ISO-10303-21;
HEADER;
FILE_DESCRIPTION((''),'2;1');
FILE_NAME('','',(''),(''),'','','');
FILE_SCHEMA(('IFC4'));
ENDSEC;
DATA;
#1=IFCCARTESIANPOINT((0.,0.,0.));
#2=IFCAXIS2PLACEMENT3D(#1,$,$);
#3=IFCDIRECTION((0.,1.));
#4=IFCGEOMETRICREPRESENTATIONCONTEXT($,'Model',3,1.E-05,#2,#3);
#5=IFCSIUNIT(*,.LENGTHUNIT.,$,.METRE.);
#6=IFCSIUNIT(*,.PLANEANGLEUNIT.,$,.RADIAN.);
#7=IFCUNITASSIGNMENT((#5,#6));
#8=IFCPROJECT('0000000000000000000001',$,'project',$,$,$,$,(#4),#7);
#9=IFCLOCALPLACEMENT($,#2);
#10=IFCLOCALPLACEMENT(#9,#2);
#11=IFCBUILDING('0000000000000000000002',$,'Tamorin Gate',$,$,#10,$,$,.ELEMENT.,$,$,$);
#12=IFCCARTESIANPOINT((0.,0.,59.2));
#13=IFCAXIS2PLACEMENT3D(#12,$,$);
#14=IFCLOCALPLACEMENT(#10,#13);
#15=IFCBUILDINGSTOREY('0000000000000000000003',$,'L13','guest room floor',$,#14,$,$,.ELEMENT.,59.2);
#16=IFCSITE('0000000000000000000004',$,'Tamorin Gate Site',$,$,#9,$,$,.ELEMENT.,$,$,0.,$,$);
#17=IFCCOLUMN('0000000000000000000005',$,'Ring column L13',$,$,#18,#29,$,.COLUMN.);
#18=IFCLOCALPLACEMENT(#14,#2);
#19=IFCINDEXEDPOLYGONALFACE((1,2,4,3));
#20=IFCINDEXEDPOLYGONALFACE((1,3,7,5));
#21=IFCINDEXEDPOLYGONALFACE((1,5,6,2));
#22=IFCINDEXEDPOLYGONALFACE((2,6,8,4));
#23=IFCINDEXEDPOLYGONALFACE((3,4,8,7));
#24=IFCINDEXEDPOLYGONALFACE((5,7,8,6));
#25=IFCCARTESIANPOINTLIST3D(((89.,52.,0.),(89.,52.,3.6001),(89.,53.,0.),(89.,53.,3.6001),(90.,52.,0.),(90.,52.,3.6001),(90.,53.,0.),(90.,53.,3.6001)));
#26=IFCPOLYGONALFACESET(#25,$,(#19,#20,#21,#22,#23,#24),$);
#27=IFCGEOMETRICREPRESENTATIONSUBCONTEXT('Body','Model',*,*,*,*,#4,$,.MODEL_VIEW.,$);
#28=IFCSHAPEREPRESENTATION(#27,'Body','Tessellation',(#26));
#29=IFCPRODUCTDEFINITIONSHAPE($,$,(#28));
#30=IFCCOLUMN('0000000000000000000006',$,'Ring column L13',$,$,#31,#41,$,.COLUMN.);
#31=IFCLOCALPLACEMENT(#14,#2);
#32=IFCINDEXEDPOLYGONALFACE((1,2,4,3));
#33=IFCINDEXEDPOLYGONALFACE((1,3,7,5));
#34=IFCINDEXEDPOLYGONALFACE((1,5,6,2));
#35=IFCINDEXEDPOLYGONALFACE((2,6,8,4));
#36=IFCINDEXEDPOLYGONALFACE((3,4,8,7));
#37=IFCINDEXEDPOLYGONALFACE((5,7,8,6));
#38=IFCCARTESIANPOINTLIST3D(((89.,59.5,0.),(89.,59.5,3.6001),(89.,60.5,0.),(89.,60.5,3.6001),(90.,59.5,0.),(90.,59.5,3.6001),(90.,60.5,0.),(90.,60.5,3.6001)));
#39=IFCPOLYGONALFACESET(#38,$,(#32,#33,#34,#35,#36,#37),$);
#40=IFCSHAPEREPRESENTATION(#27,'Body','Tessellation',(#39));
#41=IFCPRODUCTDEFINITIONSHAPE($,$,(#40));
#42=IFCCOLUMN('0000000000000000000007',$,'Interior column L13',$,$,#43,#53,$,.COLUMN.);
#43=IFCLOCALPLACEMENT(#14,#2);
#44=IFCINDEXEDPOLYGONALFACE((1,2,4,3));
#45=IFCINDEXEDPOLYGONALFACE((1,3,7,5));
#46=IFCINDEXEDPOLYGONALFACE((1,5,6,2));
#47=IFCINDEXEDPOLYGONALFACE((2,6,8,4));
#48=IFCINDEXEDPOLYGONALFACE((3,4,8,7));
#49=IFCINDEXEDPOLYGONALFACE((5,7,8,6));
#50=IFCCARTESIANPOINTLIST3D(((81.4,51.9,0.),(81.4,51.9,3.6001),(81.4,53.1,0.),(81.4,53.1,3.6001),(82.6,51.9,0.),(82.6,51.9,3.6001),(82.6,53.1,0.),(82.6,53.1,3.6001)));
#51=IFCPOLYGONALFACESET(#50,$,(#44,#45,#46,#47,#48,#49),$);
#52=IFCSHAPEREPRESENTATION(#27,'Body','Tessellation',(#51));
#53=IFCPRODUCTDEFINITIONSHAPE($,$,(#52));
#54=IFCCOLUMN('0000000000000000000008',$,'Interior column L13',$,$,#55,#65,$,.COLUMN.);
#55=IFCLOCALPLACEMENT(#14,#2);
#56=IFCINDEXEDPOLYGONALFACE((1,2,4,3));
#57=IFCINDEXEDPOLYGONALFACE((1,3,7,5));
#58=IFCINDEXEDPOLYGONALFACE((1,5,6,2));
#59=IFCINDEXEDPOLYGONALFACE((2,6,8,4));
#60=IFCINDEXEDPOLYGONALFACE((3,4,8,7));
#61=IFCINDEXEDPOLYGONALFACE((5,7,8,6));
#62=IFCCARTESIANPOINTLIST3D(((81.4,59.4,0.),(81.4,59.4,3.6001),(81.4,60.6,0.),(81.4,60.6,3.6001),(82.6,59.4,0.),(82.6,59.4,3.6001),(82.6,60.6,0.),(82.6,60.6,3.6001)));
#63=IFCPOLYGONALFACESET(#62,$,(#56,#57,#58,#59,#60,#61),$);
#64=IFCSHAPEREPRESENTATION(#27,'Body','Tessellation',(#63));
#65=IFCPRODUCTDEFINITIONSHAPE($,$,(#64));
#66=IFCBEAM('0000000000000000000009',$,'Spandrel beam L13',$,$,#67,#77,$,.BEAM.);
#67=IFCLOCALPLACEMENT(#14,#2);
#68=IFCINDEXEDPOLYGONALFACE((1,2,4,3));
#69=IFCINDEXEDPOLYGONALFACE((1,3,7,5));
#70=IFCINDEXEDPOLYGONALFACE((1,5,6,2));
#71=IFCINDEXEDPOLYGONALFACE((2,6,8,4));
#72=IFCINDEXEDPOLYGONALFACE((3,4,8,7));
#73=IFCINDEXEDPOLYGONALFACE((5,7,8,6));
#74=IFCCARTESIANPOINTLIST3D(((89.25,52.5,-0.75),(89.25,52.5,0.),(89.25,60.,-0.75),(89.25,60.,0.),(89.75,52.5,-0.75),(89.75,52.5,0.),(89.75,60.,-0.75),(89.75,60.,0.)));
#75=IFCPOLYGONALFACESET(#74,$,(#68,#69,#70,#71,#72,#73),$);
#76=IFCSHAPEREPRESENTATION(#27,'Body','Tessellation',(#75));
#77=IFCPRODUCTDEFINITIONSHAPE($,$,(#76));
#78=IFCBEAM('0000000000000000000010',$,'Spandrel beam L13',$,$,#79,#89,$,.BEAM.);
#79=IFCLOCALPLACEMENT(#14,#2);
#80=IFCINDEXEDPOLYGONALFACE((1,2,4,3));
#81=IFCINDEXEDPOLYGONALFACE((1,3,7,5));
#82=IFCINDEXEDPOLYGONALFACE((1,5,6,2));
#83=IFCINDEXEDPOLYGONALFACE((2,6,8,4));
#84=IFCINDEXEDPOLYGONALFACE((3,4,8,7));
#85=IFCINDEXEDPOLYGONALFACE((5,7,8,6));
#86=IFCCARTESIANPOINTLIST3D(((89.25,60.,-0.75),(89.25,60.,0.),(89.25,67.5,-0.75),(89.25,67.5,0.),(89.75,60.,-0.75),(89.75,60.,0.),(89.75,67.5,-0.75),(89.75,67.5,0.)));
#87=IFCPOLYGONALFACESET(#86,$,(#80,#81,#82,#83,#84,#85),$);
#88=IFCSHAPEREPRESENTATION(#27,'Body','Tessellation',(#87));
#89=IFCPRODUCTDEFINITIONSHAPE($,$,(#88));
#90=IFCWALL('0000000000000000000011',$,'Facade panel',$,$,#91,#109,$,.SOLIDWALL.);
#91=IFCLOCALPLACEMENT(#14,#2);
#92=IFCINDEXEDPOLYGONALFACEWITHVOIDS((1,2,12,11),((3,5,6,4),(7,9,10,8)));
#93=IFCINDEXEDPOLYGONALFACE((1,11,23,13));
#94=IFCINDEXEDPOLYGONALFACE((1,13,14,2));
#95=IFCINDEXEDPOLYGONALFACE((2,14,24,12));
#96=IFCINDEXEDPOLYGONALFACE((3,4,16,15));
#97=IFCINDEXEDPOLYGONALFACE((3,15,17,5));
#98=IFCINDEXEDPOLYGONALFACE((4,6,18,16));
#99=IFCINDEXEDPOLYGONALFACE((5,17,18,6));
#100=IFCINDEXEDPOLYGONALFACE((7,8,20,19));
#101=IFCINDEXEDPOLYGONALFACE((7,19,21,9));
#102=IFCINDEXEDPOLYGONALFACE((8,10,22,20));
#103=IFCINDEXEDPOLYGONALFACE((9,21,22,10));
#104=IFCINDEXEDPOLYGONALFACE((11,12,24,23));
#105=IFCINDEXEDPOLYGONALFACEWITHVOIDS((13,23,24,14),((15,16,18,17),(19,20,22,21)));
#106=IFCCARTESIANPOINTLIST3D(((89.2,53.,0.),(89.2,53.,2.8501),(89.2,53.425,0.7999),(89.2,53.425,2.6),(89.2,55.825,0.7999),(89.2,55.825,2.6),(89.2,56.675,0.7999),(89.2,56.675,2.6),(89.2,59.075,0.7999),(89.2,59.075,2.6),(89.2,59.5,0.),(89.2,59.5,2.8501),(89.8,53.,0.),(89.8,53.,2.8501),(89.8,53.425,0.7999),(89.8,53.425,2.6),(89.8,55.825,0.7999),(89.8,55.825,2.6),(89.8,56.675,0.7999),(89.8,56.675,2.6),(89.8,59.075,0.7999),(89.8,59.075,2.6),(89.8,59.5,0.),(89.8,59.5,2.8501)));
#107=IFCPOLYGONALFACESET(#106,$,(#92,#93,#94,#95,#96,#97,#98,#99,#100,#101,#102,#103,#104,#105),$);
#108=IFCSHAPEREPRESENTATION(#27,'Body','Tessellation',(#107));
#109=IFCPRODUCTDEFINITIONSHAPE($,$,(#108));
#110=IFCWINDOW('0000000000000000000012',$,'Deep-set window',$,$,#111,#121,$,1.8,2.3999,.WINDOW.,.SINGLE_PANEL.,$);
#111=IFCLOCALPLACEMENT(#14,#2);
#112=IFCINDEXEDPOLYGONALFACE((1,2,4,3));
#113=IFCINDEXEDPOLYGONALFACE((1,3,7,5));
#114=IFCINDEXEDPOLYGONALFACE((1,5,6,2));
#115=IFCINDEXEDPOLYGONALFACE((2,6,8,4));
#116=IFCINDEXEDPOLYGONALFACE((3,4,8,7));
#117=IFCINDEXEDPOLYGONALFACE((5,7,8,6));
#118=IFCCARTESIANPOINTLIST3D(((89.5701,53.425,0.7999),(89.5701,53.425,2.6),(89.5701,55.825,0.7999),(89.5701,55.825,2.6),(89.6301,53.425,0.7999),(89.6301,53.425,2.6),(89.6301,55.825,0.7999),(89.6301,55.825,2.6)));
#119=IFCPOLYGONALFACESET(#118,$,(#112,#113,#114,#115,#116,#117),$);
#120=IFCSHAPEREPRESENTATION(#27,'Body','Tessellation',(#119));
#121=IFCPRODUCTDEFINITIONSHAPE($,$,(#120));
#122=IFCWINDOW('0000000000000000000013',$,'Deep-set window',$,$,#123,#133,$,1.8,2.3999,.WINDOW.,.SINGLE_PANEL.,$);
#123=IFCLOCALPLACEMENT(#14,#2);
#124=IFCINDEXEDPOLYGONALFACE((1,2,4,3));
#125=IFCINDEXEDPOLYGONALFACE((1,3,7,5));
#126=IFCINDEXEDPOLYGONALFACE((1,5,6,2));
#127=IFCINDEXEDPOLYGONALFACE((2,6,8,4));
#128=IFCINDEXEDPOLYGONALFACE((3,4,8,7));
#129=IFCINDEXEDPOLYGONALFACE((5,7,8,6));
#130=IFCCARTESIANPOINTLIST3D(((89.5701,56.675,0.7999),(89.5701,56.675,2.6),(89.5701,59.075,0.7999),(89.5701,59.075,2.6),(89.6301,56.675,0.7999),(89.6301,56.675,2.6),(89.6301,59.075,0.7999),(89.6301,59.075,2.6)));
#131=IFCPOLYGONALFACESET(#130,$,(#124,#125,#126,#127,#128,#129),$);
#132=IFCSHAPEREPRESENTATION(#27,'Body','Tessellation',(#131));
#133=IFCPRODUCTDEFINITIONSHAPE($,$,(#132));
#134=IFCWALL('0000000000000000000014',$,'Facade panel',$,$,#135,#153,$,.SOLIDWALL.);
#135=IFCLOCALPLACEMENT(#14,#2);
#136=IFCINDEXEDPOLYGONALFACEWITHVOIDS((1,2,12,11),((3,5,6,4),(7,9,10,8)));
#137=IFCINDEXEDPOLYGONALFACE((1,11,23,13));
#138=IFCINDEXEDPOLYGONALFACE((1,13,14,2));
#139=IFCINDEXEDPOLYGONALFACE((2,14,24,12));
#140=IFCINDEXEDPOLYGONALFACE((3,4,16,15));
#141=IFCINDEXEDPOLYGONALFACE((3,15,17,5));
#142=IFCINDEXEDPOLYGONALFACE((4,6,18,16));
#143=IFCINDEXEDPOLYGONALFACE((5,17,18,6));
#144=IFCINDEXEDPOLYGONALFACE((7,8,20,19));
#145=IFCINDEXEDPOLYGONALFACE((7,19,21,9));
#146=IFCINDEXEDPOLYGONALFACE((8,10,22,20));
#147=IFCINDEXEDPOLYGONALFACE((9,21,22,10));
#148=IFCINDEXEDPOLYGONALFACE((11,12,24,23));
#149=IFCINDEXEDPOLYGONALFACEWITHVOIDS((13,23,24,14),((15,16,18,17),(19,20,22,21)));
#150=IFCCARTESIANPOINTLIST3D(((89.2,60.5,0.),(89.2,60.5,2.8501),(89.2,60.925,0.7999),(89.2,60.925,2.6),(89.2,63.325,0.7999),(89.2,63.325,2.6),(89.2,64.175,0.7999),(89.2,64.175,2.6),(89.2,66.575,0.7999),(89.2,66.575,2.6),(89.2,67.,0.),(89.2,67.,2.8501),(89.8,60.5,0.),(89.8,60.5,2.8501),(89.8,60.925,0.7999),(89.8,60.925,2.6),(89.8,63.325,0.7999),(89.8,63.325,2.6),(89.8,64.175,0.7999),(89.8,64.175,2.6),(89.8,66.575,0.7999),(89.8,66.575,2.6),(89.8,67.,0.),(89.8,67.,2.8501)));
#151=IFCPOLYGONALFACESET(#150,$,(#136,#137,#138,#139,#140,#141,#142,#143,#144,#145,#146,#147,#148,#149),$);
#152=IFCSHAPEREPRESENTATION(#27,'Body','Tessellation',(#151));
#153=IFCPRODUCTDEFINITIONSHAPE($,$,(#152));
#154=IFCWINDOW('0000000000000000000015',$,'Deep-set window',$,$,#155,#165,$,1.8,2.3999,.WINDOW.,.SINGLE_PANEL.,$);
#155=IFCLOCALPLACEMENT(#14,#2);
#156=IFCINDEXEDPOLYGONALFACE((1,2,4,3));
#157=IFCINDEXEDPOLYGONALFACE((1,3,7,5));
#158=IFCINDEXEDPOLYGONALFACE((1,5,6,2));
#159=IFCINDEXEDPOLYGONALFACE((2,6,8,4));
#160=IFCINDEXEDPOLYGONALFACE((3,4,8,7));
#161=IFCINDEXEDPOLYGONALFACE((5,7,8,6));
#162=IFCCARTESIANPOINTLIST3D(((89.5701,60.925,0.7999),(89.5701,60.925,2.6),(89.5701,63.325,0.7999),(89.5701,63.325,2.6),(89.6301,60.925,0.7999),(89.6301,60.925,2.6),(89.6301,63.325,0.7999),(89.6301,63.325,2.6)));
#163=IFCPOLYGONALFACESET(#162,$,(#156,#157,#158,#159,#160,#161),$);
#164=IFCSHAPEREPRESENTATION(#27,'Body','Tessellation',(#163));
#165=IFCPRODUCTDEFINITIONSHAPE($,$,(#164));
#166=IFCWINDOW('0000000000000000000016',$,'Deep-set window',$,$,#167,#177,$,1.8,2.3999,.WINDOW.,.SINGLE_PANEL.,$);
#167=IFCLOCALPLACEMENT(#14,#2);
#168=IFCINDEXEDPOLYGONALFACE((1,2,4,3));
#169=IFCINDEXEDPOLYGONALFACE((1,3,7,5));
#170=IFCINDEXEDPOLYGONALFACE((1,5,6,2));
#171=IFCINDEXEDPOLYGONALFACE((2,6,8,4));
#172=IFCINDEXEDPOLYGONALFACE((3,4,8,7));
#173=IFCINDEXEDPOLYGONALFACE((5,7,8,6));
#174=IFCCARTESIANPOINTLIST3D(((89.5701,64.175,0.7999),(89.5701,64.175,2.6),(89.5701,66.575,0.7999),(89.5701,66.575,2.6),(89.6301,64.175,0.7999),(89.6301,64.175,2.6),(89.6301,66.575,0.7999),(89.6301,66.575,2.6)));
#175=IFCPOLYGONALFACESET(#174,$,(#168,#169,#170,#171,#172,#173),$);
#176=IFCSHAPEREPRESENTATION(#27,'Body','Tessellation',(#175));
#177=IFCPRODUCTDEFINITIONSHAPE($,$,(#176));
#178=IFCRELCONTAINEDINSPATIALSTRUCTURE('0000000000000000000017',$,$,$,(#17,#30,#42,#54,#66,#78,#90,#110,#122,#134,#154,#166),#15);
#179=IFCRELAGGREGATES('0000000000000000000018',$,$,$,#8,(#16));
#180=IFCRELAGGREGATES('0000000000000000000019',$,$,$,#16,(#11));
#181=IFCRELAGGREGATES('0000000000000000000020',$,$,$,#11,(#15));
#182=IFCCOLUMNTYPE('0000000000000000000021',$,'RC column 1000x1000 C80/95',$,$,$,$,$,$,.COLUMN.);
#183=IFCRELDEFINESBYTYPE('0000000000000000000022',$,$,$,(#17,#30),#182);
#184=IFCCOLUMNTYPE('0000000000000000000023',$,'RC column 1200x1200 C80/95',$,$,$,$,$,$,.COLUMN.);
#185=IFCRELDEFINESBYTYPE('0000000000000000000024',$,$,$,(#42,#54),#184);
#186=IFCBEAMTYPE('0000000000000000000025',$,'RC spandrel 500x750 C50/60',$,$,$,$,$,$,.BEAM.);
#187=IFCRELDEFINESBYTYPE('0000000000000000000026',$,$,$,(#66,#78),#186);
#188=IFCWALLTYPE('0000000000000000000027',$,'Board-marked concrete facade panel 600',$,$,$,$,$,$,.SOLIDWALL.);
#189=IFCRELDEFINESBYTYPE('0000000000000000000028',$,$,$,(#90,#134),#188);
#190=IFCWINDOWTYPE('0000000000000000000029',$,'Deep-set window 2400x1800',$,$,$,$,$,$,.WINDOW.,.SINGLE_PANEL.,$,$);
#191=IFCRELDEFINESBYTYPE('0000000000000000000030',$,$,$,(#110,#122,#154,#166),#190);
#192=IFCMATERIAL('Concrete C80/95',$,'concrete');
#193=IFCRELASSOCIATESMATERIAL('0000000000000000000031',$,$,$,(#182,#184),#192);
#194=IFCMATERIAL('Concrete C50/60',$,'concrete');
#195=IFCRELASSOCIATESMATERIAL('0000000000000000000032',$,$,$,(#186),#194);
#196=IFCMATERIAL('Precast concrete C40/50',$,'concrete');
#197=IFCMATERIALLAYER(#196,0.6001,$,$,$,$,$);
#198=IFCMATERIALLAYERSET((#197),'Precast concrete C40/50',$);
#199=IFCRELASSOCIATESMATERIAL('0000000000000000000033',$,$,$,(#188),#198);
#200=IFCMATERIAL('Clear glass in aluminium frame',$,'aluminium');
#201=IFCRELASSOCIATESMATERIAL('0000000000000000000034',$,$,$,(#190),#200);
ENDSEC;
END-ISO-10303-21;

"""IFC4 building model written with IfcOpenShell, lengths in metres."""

from ifc_helpers import new_model, si_unit, direction, frame, frame_2d, origin, origin_2d, place, context, subcontext, project, spatial, rectangle, extrude, material, layer, layer_set, material_profile, profile_set, type_object, element, fill, save


model = new_model("IFC4")

# Units and contexts
model_context = context("Model", 3, precision=1e-05, world=origin(), true_north=direction((0.0, 1.0)))
body_context = subcontext(model_context, "Body", "Model", "MODEL_VIEW")
ifc_project = project(units=[si_unit("LENGTHUNIT", "METRE"), si_unit("PLANEANGLEUNIT", "RADIAN")], contexts=[model_context])

# Site, building, storey
site_placement = place(None, origin())
site = spatial("IfcSite", under=ifc_project, at=site_placement, Name="Tamorin Gate Site", CompositionType="ELEMENT", RefElevation=0.0)
building_placement = place(site_placement, origin())
building = spatial("IfcBuilding", under=site, at=building_placement, Name="Tamorin Gate", CompositionType="ELEMENT")
storey_placement = place(building_placement, frame((0.0, 0.0, 59.2)))
storey = spatial("IfcBuildingStorey", under=building, at=storey_placement, Name="L13", Description="guest room floor", CompositionType="ELEMENT", Elevation=59.2)

# Columns
ifc_material_1 = material(Name="Concrete C80/95", Category="concrete")
ifc_material_profile_1 = material_profile(ifc_material_1, rectangle(XDim=1.0, YDim=1.0, at=origin_2d()), Name="RC 1000x1000")
ifc_profile_set_1 = profile_set([ifc_material_profile_1], Name="Concrete C80/95")
column_type_1 = type_object("IfcColumnType", Name="RC column 1000x1000 C80/95", PredefinedType="COLUMN", material=ifc_profile_set_1)
for number, where, z_axis, x_axis, name in (
    (1, (89.5, 52.5, 0.0), (0.0, 0.0, 1.0), (1.0, 0.0, 0.0), "Ring column L13"),
    (2, (89.5, 60.0, 0.0), (0.0, 0.0, 1.0), (1.0, 0.0, 0.0), "Ring column L13"),
):
    element("IfcColumn", number, at=place(storey_placement, frame(where, z_axis=z_axis, x_axis=x_axis)), inside=storey, type_object=column_type_1, Name=name, PredefinedType="COLUMN", context=body_context, shape_type="SweptSolid", body=[
        extrude(rectangle(XDim=1.0, YDim=1.0, at=origin_2d()), origin(), (0.0, 0.0, 1.0), 3.6001),
    ])
ifc_material_profile_2 = material_profile(ifc_material_1, rectangle(XDim=1.2, YDim=1.2, at=origin_2d()), Name="RC 1200x1200")
ifc_profile_set_2 = profile_set([ifc_material_profile_2], Name="Concrete C80/95")
column_type_2 = type_object("IfcColumnType", Name="RC column 1200x1200 C80/95", PredefinedType="COLUMN", material=ifc_profile_set_2)
for number, where, z_axis, x_axis, name in (
    (3, (82.0, 52.5, 0.0), (0.0, 0.0, 1.0), (1.0, 0.0, 0.0), "Interior column L13"),
    (4, (82.0, 60.0, 0.0), (0.0, 0.0, 1.0), (1.0, 0.0, 0.0), "Interior column L13"),
):
    element("IfcColumn", number, at=place(storey_placement, frame(where, z_axis=z_axis, x_axis=x_axis)), inside=storey, type_object=column_type_2, Name=name, PredefinedType="COLUMN", context=body_context, shape_type="SweptSolid", body=[
        extrude(rectangle(XDim=1.2, YDim=1.2, at=origin_2d()), origin(), (0.0, 0.0, 1.0), 3.6001),
    ])

# Beams
ifc_material_2 = material(Name="Concrete C50/60", Category="concrete")
ifc_material_profile_3 = material_profile(ifc_material_2, rectangle(XDim=0.5, YDim=0.75, at=origin_2d()), Name="RC 500x750")
ifc_profile_set_3 = profile_set([ifc_material_profile_3], Name="Concrete C50/60")
beam_type = type_object("IfcBeamType", Name="RC spandrel 500x750 C50/60", PredefinedType="BEAM", material=ifc_profile_set_3)
for number, where, z_axis, x_axis, name in (
    (5, (89.5, 52.5, -0.375), (0.0, 1.0, 0.0), (-1.0, 0.0, 0.0), "Spandrel beam L13"),
    (6, (89.5, 60.0, -0.375), (0.0, 1.0, 0.0), (-1.0, 0.0, 0.0), "Spandrel beam L13"),
):
    element("IfcBeam", number, at=place(storey_placement, frame(where, z_axis=z_axis, x_axis=x_axis)), inside=storey, type_object=beam_type, Name=name, PredefinedType="BEAM", context=body_context, shape_type="SweptSolid", body=[
        extrude(rectangle(XDim=0.5, YDim=0.75, at=origin_2d()), origin(), (0.0, 0.0, 1.0), 7.5),
    ])

# Walls, openings, windows
ifc_material_3 = material(Name="Precast concrete C40/50", Category="concrete")
ifc_layer_1 = layer(ifc_material_3, 0.6001)
ifc_layer_set_1 = layer_set([ifc_layer_1], Name="Precast concrete C40/50")
wall_type_1 = type_object("IfcWallType", Name="Board-marked concrete facade panel 600", PredefinedType="SOLIDWALL", material=ifc_layer_set_1)
wall_1_placement = place(storey_placement, frame((89.5, 53.0, 0.0), z_axis=(0.0, 0.0, 1.0), x_axis=(0.0, 1.0, 0.0)))
wall_1 = element("IfcWall", 7, at=wall_1_placement, inside=storey, type_object=wall_type_1, Name="Facade panel", PredefinedType="SOLIDWALL", context=body_context, shape_type="SweptSolid", body=[
    extrude(rectangle(XDim=6.5, YDim=0.6001, at=frame_2d((3.25, 0.0))), origin(), (0.0, 0.0, 1.0), 2.8501),
])
opening_1_placement = place(wall_1_placement, frame((0.425, 0.0, 0.8)))
opening_1 = element("IfcOpeningElement", 8, at=opening_1_placement, cuts=wall_1, PredefinedType="OPENING", context=body_context, shape_type="SweptSolid", body=[
    extrude(rectangle(XDim=2.3999, YDim=1.8, at=frame_2d((1.2, 0.8999))), frame((0.0, 0.3101, 0.0), z_axis=(0.0, -1.0, 0.0), x_axis=(1.0, 0.0, 0.0)), (0.0, 0.0, 1.0), 0.6201),
])
opening_2_placement = place(wall_1_placement, frame((3.675, 0.0, 0.8)))
opening_2 = element("IfcOpeningElement", 9, at=opening_2_placement, cuts=wall_1, PredefinedType="OPENING", context=body_context, shape_type="SweptSolid", body=[
    extrude(rectangle(XDim=2.3999, YDim=1.8, at=frame_2d((1.2, 0.8999))), frame((0.0, 0.3101, 0.0), z_axis=(0.0, -1.0, 0.0), x_axis=(1.0, 0.0, 0.0)), (0.0, 0.0, 1.0), 0.6201),
])
ifc_material_4 = material(Name="Clear glass in aluminium frame", Category="aluminium")
window_type = type_object("IfcWindowType", Name="Deep-set window 2400x1800", PartitioningType="SINGLE_PANEL", PredefinedType="WINDOW", material=ifc_material_4)
window_1_placement = place(opening_1_placement, origin())
window_1 = element("IfcWindow", 10, at=window_1_placement, inside=storey, type_object=window_type, Name="Deep-set window", OverallHeight=1.8, OverallWidth=2.3999, PartitioningType="SINGLE_PANEL", PredefinedType="WINDOW", context=body_context, shape_type="SweptSolid", body=[
    extrude(rectangle(XDim=2.3999, YDim=1.8, at=frame_2d((1.2, 0.8999))), frame((0.0, -0.0701, 0.0), z_axis=(0.0, -1.0, 0.0), x_axis=(1.0, 0.0, 0.0)), (0.0, 0.0, 1.0), 0.0601),
])
fill(opening_1, window_1)
window_2_placement = place(opening_2_placement, origin())
window_2 = element("IfcWindow", 11, at=window_2_placement, inside=storey, type_object=window_type, Name="Deep-set window", OverallHeight=1.8, OverallWidth=2.3999, PartitioningType="SINGLE_PANEL", PredefinedType="WINDOW", context=body_context, shape_type="SweptSolid", body=[
    extrude(rectangle(XDim=2.3999, YDim=1.8, at=frame_2d((1.2, 0.8999))), frame((0.0, -0.0701, 0.0), z_axis=(0.0, -1.0, 0.0), x_axis=(1.0, 0.0, 0.0)), (0.0, 0.0, 1.0), 0.0601),
])
fill(opening_2, window_2)
wall_2_placement = place(storey_placement, frame((89.5, 60.5, 0.0), z_axis=(0.0, 0.0, 1.0), x_axis=(0.0, 1.0, 0.0)))
wall_2 = element("IfcWall", 12, at=wall_2_placement, inside=storey, type_object=wall_type_1, Name="Facade panel", PredefinedType="SOLIDWALL", context=body_context, shape_type="SweptSolid", body=[
    extrude(rectangle(XDim=6.5, YDim=0.6001, at=frame_2d((3.25, 0.0))), origin(), (0.0, 0.0, 1.0), 2.8501),
])
opening_3_placement = place(wall_2_placement, frame((0.425, 0.0, 0.8)))
opening_3 = element("IfcOpeningElement", 13, at=opening_3_placement, cuts=wall_2, PredefinedType="OPENING", context=body_context, shape_type="SweptSolid", body=[
    extrude(rectangle(XDim=2.3999, YDim=1.8, at=frame_2d((1.2, 0.8999))), frame((0.0, 0.3101, 0.0), z_axis=(0.0, -1.0, 0.0), x_axis=(1.0, 0.0, 0.0)), (0.0, 0.0, 1.0), 0.6201),
])
opening_4_placement = place(wall_2_placement, frame((3.675, 0.0, 0.8)))
opening_4 = element("IfcOpeningElement", 14, at=opening_4_placement, cuts=wall_2, PredefinedType="OPENING", context=body_context, shape_type="SweptSolid", body=[
    extrude(rectangle(XDim=2.3999, YDim=1.8, at=frame_2d((1.2, 0.8999))), frame((0.0, 0.3101, 0.0), z_axis=(0.0, -1.0, 0.0), x_axis=(1.0, 0.0, 0.0)), (0.0, 0.0, 1.0), 0.6201),
])
window_3_placement = place(opening_3_placement, origin())
window_3 = element("IfcWindow", 15, at=window_3_placement, inside=storey, type_object=window_type, Name="Deep-set window", OverallHeight=1.8, OverallWidth=2.3999, PartitioningType="SINGLE_PANEL", PredefinedType="WINDOW", context=body_context, shape_type="SweptSolid", body=[
    extrude(rectangle(XDim=2.3999, YDim=1.8, at=frame_2d((1.2, 0.8999))), frame((0.0, -0.0701, 0.0), z_axis=(0.0, -1.0, 0.0), x_axis=(1.0, 0.0, 0.0)), (0.0, 0.0, 1.0), 0.0601),
])
fill(opening_3, window_3)
window_4_placement = place(opening_4_placement, origin())
window_4 = element("IfcWindow", 16, at=window_4_placement, inside=storey, type_object=window_type, Name="Deep-set window", OverallHeight=1.8, OverallWidth=2.3999, PartitioningType="SINGLE_PANEL", PredefinedType="WINDOW", context=body_context, shape_type="SweptSolid", body=[
    extrude(rectangle(XDim=2.3999, YDim=1.8, at=frame_2d((1.2, 0.8999))), frame((0.0, -0.0701, 0.0), z_axis=(0.0, -1.0, 0.0), x_axis=(1.0, 0.0, 0.0)), (0.0, 0.0, 1.0), 0.0601),
])
fill(opening_4, window_4)

save(model, "model.ifc")
